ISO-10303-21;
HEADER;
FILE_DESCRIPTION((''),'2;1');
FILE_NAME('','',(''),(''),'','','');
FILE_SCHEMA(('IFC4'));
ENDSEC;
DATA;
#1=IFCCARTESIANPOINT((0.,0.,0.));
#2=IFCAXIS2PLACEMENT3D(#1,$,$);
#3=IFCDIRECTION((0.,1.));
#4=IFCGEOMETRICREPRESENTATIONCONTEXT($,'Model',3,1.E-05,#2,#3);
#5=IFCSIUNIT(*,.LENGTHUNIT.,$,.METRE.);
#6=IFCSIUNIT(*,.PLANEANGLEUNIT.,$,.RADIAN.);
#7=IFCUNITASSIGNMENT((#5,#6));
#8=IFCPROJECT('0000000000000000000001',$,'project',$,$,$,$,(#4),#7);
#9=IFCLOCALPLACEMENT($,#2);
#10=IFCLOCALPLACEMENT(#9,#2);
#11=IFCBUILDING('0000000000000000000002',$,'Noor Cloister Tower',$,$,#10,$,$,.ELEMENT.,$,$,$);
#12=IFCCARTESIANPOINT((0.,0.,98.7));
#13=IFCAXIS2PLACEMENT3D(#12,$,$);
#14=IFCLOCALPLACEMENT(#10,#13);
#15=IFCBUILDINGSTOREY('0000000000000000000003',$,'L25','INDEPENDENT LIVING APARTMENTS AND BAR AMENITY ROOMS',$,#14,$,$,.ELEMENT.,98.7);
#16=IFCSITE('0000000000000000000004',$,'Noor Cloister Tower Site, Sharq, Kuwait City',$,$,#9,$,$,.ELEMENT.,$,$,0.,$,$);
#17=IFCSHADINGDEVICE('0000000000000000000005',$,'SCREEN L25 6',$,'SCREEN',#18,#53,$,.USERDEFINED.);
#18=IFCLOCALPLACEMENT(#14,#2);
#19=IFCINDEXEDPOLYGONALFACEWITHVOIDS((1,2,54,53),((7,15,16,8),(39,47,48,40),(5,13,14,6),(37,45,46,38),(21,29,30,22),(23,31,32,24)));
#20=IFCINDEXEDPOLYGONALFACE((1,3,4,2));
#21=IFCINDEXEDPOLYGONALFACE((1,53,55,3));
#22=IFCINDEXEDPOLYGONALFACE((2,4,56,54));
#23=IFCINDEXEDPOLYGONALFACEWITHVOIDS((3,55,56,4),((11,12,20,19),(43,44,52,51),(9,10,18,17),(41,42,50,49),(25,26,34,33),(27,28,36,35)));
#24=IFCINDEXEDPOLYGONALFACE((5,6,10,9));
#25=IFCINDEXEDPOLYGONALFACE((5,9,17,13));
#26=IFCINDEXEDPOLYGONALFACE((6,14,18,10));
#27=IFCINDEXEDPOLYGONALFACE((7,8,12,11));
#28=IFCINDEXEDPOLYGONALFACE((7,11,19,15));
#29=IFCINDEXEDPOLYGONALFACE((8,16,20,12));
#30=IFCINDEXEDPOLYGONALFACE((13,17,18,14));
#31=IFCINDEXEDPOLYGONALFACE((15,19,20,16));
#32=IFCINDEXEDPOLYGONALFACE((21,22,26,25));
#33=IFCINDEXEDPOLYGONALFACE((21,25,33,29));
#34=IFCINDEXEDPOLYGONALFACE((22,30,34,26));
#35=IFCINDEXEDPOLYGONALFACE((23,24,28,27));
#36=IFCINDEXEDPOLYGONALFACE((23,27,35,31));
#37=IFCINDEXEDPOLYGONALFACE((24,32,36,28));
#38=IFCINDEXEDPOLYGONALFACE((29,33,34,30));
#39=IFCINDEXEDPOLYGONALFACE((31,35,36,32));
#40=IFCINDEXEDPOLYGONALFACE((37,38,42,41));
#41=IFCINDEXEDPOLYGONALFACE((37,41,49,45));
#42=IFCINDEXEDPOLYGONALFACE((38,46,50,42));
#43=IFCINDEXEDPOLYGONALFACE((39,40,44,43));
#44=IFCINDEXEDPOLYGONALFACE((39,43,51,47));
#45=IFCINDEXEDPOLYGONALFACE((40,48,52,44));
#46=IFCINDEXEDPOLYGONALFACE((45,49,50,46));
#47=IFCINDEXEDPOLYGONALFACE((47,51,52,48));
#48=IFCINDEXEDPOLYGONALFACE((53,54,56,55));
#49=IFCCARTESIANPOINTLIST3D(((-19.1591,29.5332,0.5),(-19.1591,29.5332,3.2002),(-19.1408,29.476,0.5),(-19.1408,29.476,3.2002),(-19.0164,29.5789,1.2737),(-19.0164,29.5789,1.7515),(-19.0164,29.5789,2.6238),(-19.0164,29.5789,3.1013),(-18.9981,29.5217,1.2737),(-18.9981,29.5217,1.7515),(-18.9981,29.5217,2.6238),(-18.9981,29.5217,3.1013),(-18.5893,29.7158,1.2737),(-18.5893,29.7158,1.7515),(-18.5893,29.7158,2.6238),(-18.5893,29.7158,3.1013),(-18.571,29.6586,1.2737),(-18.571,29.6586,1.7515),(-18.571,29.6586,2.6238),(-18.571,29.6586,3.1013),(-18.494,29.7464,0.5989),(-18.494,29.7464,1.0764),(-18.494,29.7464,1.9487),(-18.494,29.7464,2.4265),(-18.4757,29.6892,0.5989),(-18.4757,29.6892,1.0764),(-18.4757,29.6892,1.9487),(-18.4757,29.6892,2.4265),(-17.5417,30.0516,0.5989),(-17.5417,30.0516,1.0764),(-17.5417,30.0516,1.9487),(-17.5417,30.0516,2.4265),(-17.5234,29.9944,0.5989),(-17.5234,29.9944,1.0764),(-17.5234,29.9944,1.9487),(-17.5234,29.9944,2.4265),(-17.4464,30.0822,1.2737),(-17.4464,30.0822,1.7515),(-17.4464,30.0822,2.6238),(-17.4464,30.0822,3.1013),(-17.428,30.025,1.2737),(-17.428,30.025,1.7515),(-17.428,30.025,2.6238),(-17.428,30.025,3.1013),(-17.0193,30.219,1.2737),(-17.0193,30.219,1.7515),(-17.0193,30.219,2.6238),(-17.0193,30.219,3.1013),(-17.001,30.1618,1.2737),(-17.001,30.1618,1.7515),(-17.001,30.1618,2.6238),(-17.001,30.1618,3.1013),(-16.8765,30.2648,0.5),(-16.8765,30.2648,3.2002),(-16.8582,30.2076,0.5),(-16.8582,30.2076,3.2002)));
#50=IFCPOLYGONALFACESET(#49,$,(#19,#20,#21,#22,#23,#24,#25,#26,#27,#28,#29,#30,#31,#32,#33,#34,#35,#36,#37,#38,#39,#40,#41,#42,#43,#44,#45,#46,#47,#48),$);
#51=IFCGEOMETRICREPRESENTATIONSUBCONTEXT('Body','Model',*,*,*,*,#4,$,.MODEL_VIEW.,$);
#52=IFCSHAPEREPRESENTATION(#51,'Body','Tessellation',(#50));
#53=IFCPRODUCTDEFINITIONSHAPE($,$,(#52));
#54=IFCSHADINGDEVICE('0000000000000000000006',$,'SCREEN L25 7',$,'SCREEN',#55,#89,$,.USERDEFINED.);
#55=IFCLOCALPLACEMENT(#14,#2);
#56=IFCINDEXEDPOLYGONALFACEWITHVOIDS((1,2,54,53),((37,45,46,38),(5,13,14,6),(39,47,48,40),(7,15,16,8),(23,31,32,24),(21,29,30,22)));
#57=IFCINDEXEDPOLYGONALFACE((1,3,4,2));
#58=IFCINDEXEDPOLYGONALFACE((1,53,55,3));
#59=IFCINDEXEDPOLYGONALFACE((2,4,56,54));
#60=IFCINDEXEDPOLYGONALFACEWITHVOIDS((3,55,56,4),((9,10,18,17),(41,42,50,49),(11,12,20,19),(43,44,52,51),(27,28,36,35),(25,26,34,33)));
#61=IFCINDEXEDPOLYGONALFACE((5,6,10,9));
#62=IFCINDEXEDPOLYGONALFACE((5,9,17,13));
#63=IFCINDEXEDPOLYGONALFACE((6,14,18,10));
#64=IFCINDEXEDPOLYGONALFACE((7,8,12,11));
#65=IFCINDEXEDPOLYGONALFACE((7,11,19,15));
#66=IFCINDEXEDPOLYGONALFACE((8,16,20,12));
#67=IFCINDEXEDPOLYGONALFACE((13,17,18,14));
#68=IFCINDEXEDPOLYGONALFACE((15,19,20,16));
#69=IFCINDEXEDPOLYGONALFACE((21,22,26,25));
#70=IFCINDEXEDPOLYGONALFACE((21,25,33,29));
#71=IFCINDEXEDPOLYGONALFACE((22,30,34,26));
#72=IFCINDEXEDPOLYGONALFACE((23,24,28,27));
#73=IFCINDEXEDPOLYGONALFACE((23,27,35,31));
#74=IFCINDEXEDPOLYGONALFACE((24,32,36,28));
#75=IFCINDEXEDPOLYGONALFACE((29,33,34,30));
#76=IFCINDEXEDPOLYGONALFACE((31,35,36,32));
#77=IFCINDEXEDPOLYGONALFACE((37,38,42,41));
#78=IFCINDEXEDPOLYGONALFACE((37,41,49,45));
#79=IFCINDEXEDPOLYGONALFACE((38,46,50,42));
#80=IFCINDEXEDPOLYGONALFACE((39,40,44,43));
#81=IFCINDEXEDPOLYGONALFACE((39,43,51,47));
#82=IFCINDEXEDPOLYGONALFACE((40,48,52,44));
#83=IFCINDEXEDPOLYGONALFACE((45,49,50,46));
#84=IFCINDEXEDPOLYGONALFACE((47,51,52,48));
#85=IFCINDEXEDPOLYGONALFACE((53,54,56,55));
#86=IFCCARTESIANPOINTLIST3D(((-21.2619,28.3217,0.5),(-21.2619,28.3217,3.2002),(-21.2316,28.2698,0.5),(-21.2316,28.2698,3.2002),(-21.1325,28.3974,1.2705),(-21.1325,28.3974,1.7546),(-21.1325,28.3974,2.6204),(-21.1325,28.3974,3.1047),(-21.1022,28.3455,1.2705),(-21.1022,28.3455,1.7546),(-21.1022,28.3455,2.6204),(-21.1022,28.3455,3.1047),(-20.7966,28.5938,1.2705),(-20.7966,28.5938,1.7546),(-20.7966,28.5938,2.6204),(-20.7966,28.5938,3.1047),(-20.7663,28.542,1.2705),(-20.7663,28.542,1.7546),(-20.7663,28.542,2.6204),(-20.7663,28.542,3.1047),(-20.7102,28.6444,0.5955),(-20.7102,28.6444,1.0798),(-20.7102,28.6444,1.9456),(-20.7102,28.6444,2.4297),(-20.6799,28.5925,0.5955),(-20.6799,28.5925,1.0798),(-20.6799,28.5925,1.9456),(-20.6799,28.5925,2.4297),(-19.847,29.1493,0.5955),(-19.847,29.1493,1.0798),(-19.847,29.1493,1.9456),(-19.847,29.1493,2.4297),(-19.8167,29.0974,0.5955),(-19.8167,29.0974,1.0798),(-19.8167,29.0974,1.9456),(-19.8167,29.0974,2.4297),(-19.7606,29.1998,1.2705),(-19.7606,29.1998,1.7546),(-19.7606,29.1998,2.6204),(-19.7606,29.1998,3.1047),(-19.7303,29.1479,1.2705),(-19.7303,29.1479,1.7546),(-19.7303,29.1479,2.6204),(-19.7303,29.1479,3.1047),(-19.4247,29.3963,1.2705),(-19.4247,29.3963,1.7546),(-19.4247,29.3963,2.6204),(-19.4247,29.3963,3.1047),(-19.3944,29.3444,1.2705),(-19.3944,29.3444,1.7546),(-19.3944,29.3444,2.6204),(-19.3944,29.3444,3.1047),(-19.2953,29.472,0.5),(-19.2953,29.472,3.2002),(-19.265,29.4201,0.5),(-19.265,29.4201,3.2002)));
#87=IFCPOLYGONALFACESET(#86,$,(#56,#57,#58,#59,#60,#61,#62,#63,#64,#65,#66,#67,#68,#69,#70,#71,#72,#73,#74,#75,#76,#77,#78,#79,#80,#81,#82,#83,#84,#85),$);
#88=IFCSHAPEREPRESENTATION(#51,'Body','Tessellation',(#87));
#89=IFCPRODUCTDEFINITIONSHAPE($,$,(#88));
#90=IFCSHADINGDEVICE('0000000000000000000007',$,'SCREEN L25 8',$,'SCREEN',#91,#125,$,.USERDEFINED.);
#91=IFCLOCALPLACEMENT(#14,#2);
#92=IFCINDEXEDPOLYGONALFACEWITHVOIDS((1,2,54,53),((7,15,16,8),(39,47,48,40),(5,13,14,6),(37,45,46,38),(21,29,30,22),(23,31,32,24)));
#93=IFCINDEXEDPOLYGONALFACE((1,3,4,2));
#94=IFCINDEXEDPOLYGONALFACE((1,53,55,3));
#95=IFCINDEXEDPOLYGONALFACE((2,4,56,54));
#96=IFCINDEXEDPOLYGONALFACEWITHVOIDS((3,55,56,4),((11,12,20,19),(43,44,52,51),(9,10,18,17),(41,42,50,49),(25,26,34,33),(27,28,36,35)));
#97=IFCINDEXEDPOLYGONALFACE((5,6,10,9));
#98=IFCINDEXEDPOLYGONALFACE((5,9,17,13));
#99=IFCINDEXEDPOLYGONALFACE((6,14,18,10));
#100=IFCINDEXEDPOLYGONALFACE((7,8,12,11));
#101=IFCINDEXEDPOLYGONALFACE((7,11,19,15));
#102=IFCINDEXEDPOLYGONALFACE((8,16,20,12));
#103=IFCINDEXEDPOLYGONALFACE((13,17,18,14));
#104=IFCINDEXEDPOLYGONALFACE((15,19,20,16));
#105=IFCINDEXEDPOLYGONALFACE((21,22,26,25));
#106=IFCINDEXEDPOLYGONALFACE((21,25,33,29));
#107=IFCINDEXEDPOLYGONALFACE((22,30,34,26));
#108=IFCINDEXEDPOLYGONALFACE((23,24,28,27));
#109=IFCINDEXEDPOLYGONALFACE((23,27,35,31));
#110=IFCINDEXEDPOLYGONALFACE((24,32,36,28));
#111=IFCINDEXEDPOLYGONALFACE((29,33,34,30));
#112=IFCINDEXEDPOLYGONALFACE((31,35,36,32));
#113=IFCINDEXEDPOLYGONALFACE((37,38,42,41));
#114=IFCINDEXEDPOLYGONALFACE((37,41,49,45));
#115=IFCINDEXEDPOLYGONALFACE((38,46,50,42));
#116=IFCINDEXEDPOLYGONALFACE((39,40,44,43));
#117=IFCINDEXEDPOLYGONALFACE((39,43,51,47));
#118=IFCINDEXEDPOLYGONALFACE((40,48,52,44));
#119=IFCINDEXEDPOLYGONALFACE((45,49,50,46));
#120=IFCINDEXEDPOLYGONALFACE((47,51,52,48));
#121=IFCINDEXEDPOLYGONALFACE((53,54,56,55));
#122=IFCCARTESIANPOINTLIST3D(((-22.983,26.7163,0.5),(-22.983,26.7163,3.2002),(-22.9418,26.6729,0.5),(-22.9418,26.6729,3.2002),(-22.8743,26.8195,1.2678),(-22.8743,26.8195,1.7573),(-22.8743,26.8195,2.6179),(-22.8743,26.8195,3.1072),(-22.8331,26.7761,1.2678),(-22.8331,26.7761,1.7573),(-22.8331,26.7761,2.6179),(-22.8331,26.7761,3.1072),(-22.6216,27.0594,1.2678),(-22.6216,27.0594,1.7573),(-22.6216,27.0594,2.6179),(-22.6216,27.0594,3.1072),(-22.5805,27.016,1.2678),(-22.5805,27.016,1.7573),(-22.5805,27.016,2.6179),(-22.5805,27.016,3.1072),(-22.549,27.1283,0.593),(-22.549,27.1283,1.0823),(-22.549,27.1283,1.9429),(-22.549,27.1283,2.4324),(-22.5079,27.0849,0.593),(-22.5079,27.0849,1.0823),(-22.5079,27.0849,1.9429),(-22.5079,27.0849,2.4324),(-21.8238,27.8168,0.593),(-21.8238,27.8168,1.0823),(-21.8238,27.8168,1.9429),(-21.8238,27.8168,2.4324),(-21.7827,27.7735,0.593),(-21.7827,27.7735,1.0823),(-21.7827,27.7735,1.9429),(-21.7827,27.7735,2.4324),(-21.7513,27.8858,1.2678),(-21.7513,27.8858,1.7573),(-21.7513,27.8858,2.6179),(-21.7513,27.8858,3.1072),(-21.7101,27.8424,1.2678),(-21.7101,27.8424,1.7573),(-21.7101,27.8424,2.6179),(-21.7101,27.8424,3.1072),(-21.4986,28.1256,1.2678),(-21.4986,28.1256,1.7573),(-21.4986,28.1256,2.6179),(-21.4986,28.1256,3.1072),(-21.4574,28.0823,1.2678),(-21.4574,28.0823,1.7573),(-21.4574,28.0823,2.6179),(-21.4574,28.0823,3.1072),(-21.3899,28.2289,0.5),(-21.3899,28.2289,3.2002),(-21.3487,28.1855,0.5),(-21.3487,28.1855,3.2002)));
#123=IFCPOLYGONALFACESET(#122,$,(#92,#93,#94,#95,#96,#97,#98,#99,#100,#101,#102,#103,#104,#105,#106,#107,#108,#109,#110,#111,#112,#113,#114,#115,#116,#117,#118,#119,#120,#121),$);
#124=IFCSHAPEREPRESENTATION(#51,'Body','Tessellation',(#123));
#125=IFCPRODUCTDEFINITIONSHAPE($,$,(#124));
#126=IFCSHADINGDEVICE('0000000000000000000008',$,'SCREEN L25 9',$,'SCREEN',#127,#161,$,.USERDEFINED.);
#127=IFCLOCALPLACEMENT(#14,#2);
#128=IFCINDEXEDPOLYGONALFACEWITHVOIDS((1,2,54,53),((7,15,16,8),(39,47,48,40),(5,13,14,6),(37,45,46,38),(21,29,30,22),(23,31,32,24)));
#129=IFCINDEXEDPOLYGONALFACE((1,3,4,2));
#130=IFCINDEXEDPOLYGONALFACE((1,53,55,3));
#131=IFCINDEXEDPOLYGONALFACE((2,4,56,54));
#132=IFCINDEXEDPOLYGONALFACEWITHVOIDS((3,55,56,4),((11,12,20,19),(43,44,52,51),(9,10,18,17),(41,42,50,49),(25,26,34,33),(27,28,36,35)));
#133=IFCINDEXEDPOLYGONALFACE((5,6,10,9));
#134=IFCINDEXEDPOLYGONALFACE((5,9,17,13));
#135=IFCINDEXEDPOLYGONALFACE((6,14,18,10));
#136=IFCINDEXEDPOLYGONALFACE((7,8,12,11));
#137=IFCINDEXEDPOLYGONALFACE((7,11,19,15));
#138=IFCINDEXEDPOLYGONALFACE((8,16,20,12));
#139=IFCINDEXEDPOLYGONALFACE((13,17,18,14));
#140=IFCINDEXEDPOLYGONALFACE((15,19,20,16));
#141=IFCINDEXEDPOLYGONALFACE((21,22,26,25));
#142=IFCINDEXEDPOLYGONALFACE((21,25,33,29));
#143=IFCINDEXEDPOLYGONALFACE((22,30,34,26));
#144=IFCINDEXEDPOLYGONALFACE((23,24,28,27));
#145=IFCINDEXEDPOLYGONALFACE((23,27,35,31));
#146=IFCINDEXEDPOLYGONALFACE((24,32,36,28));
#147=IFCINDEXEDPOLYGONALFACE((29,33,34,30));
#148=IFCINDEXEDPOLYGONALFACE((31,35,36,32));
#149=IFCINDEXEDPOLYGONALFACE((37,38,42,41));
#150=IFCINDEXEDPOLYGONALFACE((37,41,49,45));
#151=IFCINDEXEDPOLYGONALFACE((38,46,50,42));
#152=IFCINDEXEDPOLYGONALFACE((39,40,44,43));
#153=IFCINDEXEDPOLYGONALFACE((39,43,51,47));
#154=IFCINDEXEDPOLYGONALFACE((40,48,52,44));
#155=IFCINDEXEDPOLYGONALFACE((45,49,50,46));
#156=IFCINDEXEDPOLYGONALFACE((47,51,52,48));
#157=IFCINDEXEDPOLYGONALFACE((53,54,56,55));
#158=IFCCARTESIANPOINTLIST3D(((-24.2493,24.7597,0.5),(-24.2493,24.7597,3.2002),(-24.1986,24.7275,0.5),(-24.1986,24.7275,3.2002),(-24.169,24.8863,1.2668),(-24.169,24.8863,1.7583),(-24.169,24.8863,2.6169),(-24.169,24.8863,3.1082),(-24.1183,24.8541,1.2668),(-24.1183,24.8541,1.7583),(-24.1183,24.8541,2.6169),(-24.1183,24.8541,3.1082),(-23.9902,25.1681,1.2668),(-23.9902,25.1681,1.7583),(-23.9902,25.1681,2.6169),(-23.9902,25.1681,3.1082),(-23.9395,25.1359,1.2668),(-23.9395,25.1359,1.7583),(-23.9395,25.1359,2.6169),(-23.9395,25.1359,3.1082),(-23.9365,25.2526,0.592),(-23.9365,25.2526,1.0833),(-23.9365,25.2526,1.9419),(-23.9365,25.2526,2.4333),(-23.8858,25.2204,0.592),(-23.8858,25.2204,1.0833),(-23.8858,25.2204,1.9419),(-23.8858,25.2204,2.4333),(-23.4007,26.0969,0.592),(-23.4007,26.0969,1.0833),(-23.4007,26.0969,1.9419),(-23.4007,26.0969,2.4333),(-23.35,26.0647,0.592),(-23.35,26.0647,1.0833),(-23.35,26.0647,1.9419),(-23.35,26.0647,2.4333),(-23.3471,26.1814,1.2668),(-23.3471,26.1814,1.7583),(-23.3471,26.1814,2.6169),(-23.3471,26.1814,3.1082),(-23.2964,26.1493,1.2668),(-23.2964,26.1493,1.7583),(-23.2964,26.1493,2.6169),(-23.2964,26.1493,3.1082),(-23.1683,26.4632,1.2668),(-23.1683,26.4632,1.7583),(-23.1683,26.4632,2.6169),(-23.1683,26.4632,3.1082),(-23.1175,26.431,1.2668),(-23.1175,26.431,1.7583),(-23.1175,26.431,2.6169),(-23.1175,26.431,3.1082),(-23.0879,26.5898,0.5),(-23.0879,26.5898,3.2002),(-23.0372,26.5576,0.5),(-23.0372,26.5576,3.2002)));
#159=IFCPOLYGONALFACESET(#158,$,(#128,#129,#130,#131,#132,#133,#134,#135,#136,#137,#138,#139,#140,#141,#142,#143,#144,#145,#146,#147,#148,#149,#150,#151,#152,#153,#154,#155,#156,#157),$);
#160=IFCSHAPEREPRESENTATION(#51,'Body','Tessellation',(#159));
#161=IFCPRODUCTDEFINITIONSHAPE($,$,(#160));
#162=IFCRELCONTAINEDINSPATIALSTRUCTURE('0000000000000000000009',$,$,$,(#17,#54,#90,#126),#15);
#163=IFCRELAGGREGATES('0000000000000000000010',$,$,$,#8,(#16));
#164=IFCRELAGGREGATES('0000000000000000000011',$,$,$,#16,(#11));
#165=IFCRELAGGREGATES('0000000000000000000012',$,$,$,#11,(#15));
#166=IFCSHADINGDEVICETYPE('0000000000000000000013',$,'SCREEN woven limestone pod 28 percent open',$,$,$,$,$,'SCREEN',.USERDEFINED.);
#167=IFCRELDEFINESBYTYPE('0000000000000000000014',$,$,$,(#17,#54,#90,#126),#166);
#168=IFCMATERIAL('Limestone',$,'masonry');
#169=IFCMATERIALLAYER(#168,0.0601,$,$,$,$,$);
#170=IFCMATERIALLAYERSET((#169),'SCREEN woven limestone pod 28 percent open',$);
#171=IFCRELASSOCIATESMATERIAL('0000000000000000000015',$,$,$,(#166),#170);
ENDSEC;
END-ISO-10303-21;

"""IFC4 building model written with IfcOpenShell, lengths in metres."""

from ifc_helpers import new_model, si_unit, direction, frame, origin, place, context, subcontext, project, spatial, polyline, outline, extrude, material, layer, layer_set, type_object, element, save


model = new_model("IFC4")

# Units and contexts
model_context = context("Model", 3, precision=1e-05, world=origin(), true_north=direction((0.0, 1.0)))
body_context = subcontext(model_context, "Body", "Model", "MODEL_VIEW")
ifc_project = project(units=[si_unit("LENGTHUNIT", "METRE"), si_unit("PLANEANGLEUNIT", "RADIAN")], contexts=[model_context])

# Site, building, storey
site_placement = place(None, origin())
site = spatial("IfcSite", under=ifc_project, at=site_placement, Name="Noor Cloister Tower Site, Sharq, Kuwait City", CompositionType="ELEMENT", RefElevation=0.0)
building_placement = place(site_placement, origin())
building = spatial("IfcBuilding", under=site, at=building_placement, Name="Noor Cloister Tower", CompositionType="ELEMENT")
storey_placement = place(building_placement, frame((0.0, 0.0, 98.7)))
storey = spatial("IfcBuildingStorey", under=building, at=storey_placement, Name="L25", Description="INDEPENDENT LIVING APARTMENTS AND BAR AMENITY ROOMS", CompositionType="ELEMENT", Elevation=98.7)

# Shading devices
ifc_material_1 = material(Name="Limestone", Category="masonry")
ifc_layer_1 = layer(ifc_material_1, 0.0601)
ifc_layer_set_1 = layer_set([ifc_layer_1], Name="SCREEN woven limestone pod 28 percent open")
shading_device_type = type_object("IfcShadingDeviceType", Name="SCREEN woven limestone pod 28 percent open", ElementType="SCREEN", PredefinedType="USERDEFINED", material=ifc_layer_set_1)
shading_device_1_placement = place(storey_placement, frame((-17.9995, 29.8418, 1.8501), z_axis=(-0.305219, 0.952282, 0.0), x_axis=(-0.952282, -0.305219, 0.0)))
element("IfcShadingDevice", 1, at=shading_device_1_placement, inside=storey, type_object=shading_device_type, Name="SCREEN L25 6", ObjectType="SCREEN", PredefinedType="USERDEFINED", context=body_context, shape_type="SweptSolid", body=[
    extrude(outline(polyline([(-1.1985, -1.3501), (1.1985, -1.3501), (1.1985, 1.3501), (-1.1985, 1.3501), (-1.1985, -1.3501)]), holes=[polyline([(-0.5, -1.2512), (0.5, -1.2512), (0.5, -0.7737), (-0.5, -0.7737), (-0.5, -1.2512)]), polyline([(0.6001, -0.5764), (1.0486, -0.5764), (1.0486, -0.0986), (0.6001, -0.0986), (0.6001, -0.5764)]), polyline([(-1.0486, -0.5764), (-0.6001, -0.5764), (-0.6001, -0.0986), (-1.0486, -0.0986), (-1.0486, -0.5764)]), polyline([(-0.5, 0.0986), (0.5, 0.0986), (0.5, 0.5764), (-0.5, 0.5764), (-0.5, 0.0986)]), polyline([(0.6001, 0.7737), (1.0486, 0.7737), (1.0486, 1.2512), (0.6001, 1.2512), (0.6001, 0.7737)]), polyline([(-1.0486, 0.7737), (-0.6001, 0.7737), (-0.6001, 1.2512), (-1.0486, 1.2512), (-1.0486, 0.7737)])]), origin(), (0.0, 0.0, 1.0), 0.0601),
])
shading_device_2_placement = place(storey_placement, frame((-20.2483, 28.845, 1.8501), z_axis=(-0.504883, 0.863188, 0.0), x_axis=(-0.863188, -0.504883, 0.0)))
element("IfcShadingDevice", 2, at=shading_device_2_placement, inside=storey, type_object=shading_device_type, Name="SCREEN L25 7", ObjectType="SCREEN", PredefinedType="USERDEFINED", context=body_context, shape_type="SweptSolid", body=[
    extrude(outline(polyline([(-1.1392, -1.3501), (1.1392, -1.3501), (1.1392, 1.3501), (-1.1392, 1.3501), (-1.1392, -1.3501)]), holes=[polyline([(-0.5, -1.2546), (0.5, -1.2546), (0.5, -0.7703), (-0.5, -0.7703), (-0.5, -1.2546)]), polyline([(0.6001, -0.5796), (0.9893, -0.5796), (0.9893, -0.0955), (0.6001, -0.0955), (0.6001, -0.5796)]), polyline([(-0.9893, -0.5796), (-0.6001, -0.5796), (-0.6001, -0.0955), (-0.9893, -0.0955), (-0.9893, -0.5796)]), polyline([(-0.5, 0.0955), (0.5, 0.0955), (0.5, 0.5796), (-0.5, 0.5796), (-0.5, 0.0955)]), polyline([(0.6001, 0.7703), (0.9893, 0.7703), (0.9893, 1.2546), (0.6001, 1.2546), (0.6001, 0.7703)]), polyline([(-0.9893, 0.7703), (-0.6001, 0.7703), (-0.6001, 1.2546), (-0.9893, 1.2546), (-0.9893, 0.7703)])]), origin(), (0.0, 0.0, 1.0), 0.0601),
])
shading_device_3_placement = place(storey_placement, frame((-22.1453, 27.4292, 1.8501), z_axis=(-0.688535, 0.725203, 0.0), x_axis=(-0.725203, -0.688535, 0.0)))
element("IfcShadingDevice", 3, at=shading_device_3_placement, inside=storey, type_object=shading_device_type, Name="SCREEN L25 8", ObjectType="SCREEN", PredefinedType="USERDEFINED", context=body_context, shape_type="SweptSolid", body=[
    extrude(outline(polyline([(-1.0984, -1.3501), (1.0984, -1.3501), (1.0984, 1.3501), (-1.0984, 1.3501), (-1.0984, -1.3501)]), holes=[polyline([(-0.5, -1.2571), (0.5, -1.2571), (0.5, -0.7678), (-0.5, -0.7678), (-0.5, -1.2571)]), polyline([(0.6001, -0.5823), (0.9485, -0.5823), (0.9485, -0.0928), (0.6001, -0.0928), (0.6001, -0.5823)]), polyline([(-0.9485, -0.5823), (-0.6001, -0.5823), (-0.6001, -0.0928), (-0.9485, -0.0928), (-0.9485, -0.5823)]), polyline([(-0.5, 0.0928), (0.5, 0.0928), (0.5, 0.5823), (-0.5, 0.5823), (-0.5, 0.0928)]), polyline([(0.6001, 0.7678), (0.9485, 0.7678), (0.9485, 1.2571), (0.6001, 1.2571), (0.6001, 0.7678)]), polyline([(-0.9485, 0.7678), (-0.6001, 0.7678), (-0.6001, 1.2571), (-0.9485, 1.2571), (-0.9485, 0.7678)])]), origin(), (0.0, 0.0, 1.0), 0.0598),
])
shading_device_4_placement = place(storey_placement, frame((-23.6179, 25.6426, 1.8501), z_axis=(-0.844329, 0.535824, 0.0), x_axis=(-0.535824, -0.844329, 0.0)))
element("IfcShadingDevice", 4, at=shading_device_4_placement, inside=storey, type_object=shading_device_type, Name="SCREEN L25 9", ObjectType="SCREEN", PredefinedType="USERDEFINED", context=body_context, shape_type="SweptSolid", body=[
    extrude(outline(polyline([(-1.0837, -1.3501), (1.0837, -1.3501), (1.0837, 1.3501), (-1.0837, 1.3501), (-1.0837, -1.3501)]), holes=[polyline([(-0.5, -1.2581), (0.5, -1.2581), (0.5, -0.7668), (-0.5, -0.7668), (-0.5, -1.2581)]), polyline([(0.6001, -0.5833), (0.9338, -0.5833), (0.9338, -0.0918), (0.6001, -0.0918), (0.6001, -0.5833)]), polyline([(-0.9338, -0.5833), (-0.6001, -0.5833), (-0.6001, -0.0918), (-0.9338, -0.0918), (-0.9338, -0.5833)]), polyline([(-0.5, 0.0918), (0.5, 0.0918), (0.5, 0.5833), (-0.5, 0.5833), (-0.5, 0.0918)]), polyline([(0.6001, 0.7668), (0.9338, 0.7668), (0.9338, 1.2581), (0.6001, 1.2581), (0.6001, 0.7668)]), polyline([(-0.9338, 0.7668), (-0.6001, 0.7668), (-0.6001, 1.2581), (-0.9338, 1.2581), (-0.9338, 0.7668)])]), origin(), (0.0, 0.0, 1.0), 0.0601),
])

save(model, "model.ifc")
